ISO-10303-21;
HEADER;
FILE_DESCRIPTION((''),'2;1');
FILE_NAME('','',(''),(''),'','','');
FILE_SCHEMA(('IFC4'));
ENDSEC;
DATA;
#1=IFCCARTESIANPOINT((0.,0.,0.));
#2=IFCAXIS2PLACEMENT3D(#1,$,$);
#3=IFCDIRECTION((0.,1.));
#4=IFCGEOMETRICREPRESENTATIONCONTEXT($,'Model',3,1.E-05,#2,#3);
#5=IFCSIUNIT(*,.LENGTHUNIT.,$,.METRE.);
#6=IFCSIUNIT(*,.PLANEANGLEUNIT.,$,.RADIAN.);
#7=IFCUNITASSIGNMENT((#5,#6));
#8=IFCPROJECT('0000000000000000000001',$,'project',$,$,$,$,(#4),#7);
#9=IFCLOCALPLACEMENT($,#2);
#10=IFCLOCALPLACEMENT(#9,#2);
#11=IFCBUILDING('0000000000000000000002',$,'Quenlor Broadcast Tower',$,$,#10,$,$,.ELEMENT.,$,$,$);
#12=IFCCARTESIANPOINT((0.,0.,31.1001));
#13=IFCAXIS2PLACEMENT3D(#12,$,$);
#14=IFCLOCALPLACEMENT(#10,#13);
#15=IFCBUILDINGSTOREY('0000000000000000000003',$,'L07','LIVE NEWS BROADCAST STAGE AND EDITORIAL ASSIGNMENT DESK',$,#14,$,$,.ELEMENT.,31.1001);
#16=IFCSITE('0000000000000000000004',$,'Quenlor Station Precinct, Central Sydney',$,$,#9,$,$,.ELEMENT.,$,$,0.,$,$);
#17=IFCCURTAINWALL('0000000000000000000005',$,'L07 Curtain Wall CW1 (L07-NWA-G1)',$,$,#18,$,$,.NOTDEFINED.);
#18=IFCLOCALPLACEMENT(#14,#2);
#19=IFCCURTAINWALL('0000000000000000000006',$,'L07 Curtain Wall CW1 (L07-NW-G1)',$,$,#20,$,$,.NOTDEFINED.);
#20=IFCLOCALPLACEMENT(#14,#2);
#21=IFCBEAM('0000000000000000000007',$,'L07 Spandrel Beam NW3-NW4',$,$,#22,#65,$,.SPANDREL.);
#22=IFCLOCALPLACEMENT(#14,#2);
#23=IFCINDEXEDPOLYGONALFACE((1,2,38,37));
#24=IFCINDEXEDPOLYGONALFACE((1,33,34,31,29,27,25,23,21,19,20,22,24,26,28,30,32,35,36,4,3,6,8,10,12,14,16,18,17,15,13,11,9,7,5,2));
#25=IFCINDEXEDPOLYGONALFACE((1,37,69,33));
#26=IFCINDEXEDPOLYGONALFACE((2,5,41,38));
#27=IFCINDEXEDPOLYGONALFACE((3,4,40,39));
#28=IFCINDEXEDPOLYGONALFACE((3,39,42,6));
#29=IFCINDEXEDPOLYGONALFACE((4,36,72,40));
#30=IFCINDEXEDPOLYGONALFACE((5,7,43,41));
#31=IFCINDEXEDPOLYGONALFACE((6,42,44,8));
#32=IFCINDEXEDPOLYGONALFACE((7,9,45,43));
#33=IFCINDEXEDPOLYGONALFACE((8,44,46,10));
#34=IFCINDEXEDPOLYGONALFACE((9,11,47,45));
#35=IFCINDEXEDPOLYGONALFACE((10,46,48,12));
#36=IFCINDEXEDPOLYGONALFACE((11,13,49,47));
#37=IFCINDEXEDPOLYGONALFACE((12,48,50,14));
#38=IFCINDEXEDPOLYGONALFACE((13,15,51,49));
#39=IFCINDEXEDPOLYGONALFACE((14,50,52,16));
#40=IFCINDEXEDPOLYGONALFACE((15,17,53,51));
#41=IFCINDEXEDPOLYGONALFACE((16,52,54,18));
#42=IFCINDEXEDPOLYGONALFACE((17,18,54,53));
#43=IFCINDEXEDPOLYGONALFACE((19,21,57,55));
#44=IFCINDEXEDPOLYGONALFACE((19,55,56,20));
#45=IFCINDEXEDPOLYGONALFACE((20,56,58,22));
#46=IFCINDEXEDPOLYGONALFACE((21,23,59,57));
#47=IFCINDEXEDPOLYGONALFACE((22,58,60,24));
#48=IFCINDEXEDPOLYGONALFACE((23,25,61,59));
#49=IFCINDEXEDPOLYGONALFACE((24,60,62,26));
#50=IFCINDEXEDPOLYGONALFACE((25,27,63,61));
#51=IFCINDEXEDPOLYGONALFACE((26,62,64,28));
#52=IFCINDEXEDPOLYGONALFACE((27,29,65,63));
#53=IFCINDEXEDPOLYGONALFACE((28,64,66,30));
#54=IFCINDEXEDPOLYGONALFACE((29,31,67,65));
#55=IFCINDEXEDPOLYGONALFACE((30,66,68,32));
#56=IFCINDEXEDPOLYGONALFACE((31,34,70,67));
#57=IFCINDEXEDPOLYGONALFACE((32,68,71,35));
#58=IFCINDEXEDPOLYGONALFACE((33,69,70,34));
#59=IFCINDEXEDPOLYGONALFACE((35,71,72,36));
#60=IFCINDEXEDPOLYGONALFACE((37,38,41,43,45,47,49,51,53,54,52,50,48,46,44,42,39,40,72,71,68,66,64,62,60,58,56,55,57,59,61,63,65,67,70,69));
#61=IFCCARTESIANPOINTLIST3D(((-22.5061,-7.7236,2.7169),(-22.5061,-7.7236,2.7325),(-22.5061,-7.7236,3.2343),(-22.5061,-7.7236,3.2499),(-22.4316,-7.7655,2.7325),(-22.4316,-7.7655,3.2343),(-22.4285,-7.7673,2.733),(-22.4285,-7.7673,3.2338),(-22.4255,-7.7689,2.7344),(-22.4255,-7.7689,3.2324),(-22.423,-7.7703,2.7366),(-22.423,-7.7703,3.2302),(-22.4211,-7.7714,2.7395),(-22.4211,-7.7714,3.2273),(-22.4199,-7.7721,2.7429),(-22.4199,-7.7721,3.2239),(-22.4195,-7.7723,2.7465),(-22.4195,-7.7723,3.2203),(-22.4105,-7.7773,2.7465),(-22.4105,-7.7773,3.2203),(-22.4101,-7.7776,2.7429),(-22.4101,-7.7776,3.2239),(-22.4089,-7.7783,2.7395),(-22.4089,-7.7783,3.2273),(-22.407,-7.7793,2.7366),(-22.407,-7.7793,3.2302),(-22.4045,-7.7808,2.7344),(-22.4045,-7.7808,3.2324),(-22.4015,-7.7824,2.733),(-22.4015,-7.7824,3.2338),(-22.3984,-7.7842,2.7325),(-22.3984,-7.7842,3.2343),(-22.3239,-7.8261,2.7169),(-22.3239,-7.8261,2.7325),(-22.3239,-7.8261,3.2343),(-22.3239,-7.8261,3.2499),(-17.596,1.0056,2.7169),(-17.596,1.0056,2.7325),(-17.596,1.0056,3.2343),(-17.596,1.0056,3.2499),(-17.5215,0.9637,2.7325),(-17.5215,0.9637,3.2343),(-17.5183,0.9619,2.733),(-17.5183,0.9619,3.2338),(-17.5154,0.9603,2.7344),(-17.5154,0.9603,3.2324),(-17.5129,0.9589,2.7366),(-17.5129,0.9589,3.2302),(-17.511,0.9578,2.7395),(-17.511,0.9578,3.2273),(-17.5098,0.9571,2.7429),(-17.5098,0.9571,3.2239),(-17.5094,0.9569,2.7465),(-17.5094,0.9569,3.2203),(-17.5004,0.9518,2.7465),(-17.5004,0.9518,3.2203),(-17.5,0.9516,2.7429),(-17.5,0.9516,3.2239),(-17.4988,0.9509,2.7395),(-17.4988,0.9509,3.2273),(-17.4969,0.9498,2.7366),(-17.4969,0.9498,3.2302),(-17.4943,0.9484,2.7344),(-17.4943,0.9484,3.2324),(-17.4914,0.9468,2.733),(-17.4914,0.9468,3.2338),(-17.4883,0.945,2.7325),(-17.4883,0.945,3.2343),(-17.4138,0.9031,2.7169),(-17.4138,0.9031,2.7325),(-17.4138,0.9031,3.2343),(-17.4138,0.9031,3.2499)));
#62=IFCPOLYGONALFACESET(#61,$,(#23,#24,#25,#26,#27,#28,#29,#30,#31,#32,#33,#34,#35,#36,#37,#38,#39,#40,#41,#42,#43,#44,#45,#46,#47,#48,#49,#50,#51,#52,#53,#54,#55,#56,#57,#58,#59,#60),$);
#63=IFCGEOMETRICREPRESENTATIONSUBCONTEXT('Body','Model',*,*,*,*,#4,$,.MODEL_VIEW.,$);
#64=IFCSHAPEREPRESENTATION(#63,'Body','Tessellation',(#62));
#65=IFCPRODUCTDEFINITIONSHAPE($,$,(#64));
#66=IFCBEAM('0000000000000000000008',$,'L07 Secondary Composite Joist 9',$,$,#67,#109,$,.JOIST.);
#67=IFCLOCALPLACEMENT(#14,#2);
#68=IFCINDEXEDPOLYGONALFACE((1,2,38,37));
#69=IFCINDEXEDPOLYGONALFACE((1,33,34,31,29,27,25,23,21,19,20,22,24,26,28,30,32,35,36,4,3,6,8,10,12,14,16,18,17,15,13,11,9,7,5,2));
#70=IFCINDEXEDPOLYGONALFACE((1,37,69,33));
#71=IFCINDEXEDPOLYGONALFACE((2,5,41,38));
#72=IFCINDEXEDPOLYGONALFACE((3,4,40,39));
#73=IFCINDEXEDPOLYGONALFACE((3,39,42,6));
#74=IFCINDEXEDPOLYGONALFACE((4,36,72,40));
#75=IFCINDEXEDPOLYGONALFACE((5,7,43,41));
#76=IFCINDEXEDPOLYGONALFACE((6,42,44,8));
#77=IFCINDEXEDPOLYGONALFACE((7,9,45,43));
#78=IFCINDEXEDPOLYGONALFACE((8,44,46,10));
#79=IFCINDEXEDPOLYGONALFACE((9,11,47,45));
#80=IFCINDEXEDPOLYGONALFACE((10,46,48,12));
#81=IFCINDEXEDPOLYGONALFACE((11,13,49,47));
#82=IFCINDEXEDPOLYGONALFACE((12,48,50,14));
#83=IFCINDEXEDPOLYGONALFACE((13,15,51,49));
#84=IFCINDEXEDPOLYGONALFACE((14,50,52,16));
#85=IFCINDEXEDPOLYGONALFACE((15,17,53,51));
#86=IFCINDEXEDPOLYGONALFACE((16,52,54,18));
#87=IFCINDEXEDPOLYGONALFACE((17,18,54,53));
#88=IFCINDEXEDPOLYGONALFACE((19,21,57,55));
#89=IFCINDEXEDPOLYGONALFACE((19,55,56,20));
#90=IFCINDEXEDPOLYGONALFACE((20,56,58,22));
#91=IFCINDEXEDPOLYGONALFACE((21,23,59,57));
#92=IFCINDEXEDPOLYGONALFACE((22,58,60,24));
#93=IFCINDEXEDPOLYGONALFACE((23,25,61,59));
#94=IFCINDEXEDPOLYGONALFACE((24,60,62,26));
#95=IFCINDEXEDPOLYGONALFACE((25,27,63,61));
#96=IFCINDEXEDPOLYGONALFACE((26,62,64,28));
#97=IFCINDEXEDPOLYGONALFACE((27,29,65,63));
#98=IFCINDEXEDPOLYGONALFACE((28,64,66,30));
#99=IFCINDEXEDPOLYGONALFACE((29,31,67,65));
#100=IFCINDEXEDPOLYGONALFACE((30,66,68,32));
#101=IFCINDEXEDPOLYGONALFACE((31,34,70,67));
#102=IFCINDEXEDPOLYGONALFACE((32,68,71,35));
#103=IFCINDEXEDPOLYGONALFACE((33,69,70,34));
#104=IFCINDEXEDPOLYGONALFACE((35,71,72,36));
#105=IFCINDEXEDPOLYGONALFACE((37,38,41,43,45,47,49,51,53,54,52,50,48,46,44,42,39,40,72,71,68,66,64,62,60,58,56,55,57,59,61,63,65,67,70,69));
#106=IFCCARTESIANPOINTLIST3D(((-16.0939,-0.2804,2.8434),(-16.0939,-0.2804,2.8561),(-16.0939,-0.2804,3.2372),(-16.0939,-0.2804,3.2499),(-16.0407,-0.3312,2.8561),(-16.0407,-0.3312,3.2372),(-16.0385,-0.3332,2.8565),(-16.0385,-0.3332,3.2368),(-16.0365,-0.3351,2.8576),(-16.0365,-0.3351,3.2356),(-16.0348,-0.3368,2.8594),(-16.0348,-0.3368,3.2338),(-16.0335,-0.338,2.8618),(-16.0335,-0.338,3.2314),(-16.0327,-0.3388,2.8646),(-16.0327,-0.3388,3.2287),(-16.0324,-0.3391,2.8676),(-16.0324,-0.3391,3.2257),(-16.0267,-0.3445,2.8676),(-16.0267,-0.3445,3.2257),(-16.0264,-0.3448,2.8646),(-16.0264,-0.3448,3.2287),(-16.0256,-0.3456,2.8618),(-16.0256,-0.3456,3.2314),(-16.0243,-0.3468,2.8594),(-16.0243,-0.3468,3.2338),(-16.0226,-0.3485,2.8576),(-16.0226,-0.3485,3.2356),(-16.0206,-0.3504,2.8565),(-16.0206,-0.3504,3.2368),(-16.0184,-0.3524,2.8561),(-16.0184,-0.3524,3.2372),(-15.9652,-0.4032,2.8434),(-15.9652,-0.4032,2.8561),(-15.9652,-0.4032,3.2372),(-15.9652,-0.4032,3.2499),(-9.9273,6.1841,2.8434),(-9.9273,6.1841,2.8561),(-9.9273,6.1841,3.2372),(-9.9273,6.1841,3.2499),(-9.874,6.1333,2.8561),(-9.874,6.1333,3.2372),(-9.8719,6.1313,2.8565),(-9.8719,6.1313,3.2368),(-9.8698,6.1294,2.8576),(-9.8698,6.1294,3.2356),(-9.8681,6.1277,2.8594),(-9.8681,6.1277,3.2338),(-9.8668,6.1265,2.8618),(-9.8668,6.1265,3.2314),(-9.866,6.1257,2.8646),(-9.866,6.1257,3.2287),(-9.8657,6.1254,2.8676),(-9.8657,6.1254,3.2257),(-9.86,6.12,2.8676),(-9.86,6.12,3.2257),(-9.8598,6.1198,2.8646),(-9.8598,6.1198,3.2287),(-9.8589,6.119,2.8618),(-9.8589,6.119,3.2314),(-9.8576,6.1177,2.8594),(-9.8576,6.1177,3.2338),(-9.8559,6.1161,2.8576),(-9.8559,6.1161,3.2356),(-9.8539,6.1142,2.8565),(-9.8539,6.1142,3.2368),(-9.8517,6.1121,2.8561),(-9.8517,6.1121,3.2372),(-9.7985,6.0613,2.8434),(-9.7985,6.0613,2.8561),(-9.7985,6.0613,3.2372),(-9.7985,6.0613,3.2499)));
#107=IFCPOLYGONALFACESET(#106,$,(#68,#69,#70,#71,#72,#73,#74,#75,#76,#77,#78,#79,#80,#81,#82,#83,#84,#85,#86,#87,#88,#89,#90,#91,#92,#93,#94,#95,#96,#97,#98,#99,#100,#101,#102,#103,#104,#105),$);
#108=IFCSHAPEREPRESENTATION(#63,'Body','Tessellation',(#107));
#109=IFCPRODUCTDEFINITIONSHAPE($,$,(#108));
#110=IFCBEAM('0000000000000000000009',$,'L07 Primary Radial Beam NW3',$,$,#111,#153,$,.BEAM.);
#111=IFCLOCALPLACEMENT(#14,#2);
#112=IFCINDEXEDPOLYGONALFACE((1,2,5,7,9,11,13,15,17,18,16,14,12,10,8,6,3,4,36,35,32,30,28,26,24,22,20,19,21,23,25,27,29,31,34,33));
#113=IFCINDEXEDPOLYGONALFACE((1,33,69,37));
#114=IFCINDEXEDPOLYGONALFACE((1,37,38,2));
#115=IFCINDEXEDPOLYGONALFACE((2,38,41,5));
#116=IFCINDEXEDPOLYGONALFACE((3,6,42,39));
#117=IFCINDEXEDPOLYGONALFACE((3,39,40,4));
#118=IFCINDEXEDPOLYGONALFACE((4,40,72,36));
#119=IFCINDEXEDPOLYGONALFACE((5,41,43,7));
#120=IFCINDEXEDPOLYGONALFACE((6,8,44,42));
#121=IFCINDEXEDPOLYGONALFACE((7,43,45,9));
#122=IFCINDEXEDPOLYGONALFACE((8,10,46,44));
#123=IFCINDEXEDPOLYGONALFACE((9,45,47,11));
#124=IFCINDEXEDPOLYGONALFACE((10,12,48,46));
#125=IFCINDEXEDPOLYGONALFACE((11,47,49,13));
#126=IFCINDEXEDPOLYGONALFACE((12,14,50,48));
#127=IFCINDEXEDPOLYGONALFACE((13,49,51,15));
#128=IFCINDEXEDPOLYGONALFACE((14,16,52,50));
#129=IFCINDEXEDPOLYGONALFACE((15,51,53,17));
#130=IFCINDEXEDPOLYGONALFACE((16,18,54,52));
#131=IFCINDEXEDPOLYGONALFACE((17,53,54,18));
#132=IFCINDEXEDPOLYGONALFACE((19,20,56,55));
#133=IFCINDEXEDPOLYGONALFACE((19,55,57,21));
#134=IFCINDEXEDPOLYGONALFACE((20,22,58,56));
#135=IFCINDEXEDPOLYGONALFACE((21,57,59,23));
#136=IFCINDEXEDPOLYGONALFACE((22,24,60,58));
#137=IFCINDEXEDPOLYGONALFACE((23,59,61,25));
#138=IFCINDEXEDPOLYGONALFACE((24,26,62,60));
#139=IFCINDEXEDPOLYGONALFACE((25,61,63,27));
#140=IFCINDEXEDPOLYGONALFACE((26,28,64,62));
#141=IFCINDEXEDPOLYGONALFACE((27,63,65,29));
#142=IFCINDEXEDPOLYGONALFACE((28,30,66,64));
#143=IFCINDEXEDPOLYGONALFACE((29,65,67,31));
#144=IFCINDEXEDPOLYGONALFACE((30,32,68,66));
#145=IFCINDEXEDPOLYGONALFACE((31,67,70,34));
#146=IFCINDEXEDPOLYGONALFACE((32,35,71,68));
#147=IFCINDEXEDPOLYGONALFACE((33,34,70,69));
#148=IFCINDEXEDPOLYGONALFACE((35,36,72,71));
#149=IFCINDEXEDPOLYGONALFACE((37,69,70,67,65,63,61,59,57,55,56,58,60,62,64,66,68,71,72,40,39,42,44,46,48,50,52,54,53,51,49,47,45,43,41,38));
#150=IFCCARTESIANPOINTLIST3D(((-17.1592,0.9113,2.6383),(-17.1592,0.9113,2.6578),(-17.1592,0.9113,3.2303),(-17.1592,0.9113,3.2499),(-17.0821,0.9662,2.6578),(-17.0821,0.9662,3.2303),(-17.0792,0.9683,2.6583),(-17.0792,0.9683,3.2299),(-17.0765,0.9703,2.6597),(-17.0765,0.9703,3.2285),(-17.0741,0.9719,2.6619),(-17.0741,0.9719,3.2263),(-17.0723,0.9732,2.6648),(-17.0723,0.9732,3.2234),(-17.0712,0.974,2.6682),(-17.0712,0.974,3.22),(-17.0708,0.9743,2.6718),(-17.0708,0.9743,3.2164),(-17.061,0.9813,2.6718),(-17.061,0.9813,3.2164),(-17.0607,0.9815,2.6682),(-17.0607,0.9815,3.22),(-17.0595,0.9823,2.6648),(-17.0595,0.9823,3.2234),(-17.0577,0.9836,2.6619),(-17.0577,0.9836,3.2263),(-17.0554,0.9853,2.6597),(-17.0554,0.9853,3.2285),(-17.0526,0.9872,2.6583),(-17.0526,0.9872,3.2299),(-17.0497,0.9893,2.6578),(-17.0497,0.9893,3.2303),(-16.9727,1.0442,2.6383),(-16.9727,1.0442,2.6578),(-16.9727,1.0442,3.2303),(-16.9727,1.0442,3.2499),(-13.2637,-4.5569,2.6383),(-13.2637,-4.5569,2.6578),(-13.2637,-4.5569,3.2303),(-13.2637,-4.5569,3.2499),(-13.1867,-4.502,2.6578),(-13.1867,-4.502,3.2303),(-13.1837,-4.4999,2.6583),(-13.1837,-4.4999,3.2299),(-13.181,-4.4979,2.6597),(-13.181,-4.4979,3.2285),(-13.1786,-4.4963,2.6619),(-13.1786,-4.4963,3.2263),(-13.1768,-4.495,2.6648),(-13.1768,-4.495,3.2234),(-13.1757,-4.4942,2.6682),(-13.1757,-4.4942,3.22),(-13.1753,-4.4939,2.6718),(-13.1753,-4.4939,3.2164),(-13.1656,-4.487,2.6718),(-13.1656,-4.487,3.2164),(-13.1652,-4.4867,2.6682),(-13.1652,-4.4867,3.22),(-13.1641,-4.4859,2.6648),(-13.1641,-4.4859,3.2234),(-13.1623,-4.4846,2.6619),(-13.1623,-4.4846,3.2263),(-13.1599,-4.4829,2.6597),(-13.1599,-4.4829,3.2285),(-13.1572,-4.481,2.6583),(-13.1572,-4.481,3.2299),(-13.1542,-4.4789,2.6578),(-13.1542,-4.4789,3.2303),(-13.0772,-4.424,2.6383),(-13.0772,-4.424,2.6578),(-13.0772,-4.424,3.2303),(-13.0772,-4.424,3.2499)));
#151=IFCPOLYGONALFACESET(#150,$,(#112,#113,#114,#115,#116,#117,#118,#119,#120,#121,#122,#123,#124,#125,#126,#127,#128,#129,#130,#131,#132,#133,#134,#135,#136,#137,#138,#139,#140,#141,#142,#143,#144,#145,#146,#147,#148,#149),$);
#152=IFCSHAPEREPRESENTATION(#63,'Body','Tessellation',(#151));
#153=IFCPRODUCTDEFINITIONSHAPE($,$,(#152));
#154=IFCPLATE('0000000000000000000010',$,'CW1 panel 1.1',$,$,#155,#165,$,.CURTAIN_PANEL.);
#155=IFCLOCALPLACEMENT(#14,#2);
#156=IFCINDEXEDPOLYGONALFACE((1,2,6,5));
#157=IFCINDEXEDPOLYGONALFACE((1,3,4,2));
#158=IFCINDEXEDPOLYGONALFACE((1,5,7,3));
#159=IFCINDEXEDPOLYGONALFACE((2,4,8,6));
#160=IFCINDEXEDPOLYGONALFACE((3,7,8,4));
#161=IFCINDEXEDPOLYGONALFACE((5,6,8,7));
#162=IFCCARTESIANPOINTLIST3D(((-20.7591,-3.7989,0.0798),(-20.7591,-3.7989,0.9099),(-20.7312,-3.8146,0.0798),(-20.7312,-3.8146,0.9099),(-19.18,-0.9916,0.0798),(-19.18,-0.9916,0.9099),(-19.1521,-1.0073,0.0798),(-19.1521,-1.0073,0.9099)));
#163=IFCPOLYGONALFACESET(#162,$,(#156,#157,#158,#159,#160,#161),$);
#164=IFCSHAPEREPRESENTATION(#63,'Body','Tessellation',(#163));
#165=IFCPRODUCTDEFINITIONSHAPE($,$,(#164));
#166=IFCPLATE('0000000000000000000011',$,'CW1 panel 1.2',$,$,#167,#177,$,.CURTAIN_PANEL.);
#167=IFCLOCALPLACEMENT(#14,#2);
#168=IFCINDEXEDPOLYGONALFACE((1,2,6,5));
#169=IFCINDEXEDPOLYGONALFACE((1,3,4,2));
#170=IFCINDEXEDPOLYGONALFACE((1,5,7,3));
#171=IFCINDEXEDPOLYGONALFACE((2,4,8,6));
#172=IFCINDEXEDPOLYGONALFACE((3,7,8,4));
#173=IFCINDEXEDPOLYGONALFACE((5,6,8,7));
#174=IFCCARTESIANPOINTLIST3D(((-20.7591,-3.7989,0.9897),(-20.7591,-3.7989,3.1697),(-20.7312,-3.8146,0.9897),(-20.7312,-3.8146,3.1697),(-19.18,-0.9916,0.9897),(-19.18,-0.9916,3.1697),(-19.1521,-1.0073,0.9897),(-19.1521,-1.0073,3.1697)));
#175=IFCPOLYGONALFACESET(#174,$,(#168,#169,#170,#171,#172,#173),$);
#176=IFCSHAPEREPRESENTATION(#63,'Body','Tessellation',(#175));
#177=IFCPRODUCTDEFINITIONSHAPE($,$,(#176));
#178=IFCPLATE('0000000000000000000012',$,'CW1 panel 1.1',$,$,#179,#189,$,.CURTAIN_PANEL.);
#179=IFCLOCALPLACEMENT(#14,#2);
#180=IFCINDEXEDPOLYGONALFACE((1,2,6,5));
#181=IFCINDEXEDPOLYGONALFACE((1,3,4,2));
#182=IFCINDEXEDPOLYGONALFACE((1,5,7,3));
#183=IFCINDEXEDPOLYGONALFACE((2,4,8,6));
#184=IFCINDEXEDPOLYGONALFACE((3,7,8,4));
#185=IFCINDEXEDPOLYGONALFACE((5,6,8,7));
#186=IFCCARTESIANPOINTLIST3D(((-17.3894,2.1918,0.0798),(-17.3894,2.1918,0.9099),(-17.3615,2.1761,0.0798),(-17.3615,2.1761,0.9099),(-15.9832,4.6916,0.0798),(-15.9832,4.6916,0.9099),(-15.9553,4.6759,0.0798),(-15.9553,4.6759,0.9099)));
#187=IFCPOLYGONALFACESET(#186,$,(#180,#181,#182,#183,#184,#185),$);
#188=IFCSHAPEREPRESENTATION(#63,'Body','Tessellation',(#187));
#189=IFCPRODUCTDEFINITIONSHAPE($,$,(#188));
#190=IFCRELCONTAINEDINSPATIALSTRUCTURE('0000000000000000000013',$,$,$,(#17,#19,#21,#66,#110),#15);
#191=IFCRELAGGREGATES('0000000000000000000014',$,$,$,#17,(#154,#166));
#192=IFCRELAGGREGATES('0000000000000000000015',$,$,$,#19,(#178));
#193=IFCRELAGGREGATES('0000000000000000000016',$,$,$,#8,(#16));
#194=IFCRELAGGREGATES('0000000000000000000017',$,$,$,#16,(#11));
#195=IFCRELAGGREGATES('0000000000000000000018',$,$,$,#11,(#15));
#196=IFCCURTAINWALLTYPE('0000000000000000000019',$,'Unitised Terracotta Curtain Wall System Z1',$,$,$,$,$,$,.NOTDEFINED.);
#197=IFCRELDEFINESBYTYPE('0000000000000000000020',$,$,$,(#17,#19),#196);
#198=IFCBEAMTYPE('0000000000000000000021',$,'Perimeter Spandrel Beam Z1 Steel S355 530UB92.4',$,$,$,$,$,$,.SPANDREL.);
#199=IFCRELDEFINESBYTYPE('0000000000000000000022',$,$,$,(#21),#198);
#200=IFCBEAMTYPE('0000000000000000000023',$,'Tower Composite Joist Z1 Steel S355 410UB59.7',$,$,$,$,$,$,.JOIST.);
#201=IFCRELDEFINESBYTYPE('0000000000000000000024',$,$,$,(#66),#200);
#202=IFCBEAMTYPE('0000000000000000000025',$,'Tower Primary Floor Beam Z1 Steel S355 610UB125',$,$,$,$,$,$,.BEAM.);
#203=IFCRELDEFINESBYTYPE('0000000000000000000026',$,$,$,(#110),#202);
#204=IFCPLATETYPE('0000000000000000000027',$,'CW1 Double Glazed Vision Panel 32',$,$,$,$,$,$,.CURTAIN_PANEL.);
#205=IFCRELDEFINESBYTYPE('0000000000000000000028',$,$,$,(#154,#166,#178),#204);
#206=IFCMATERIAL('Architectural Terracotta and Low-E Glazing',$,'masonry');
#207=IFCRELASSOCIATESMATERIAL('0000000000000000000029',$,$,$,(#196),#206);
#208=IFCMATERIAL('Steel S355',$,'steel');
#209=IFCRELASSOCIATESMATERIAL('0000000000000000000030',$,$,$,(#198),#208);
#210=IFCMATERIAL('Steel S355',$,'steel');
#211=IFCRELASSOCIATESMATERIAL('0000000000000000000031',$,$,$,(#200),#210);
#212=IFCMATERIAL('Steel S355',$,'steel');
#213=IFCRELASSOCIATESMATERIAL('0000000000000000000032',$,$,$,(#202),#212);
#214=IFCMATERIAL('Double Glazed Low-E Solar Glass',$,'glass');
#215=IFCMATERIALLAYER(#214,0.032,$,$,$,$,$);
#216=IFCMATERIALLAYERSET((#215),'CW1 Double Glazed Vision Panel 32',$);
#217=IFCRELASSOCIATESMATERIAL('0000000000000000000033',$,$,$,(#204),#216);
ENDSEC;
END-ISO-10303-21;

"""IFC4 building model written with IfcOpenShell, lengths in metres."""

from ifc_helpers import new_model, si_unit, direction, frame, origin, origin_2d, place, context, subcontext, project, spatial, rectangle, i_section, extrude, material, layer, layer_set, material_profile, profile_set, type_object, element, aggregate, save


model = new_model("IFC4")

# Units and contexts
model_context = context("Model", 3, precision=1e-05, world=origin(), true_north=direction((0.0, 1.0)))
body_context = subcontext(model_context, "Body", "Model", "MODEL_VIEW")
ifc_project = project(units=[si_unit("LENGTHUNIT", "METRE"), si_unit("PLANEANGLEUNIT", "RADIAN")], contexts=[model_context])

# Site, building, storey
site_placement = place(None, origin())
site = spatial("IfcSite", under=ifc_project, at=site_placement, Name="Quenlor Station Precinct, Central Sydney", CompositionType="ELEMENT", RefElevation=0.0)
building_placement = place(site_placement, origin())
building = spatial("IfcBuilding", under=site, at=building_placement, Name="Quenlor Broadcast Tower", CompositionType="ELEMENT")
storey_placement = place(building_placement, frame((0.0, 0.0, 31.1001)))
storey = spatial("IfcBuildingStorey", under=building, at=storey_placement, Name="L07", Description="LIVE NEWS BROADCAST STAGE AND EDITORIAL ASSIGNMENT DESK", CompositionType="ELEMENT", Elevation=31.1001)

# Curtain wall
ifc_material_1 = material(Name="Architectural Terracotta and Low-E Glazing", Category="masonry")
curtain_wall_type = type_object("IfcCurtainWallType", Name="Unitised Terracotta Curtain Wall System Z1", PredefinedType="NOTDEFINED", material=ifc_material_1)
curtain_wall_1_placement = place(storey_placement, origin())
curtain_wall_1 = element("IfcCurtainWall", 1, at=curtain_wall_1_placement, inside=storey, type_object=curtain_wall_type, Name="L07 Curtain Wall CW1 (L07-NWA-G1)", PredefinedType="NOTDEFINED")

# Curtain wall
curtain_wall_2_placement = place(storey_placement, origin())
curtain_wall_2 = element("IfcCurtainWall", 2, at=curtain_wall_2_placement, inside=storey, type_object=curtain_wall_type, Name="L07 Curtain Wall CW1 (L07-NW-G1)", PredefinedType="NOTDEFINED")

# Beams
ifc_material_2 = material(Name="Steel S355", Category="steel")
ifc_material_profile_1 = material_profile(ifc_material_2, i_section(OverallWidth=0.209, OverallDepth=0.533, WebThickness=0.0103, FlangeThickness=0.0156, FilletRadius=0.0139, at=origin_2d()))
ifc_profile_set_1 = profile_set([ifc_material_profile_1], Name="Steel S355 530UB92.4")
beam_type_1 = type_object("IfcBeamType", Name="Perimeter Spandrel Beam Z1 Steel S355 530UB92.4", PredefinedType="SPANDREL", material=ifc_profile_set_1)
beam_1_placement = place(storey_placement, frame((-17.5049, 0.9543, 2.9834), z_axis=(-0.490258, -0.871577, 0.0), x_axis=(0.871577, -0.490258, 0.0)))
element("IfcBeam", 3, at=beam_1_placement, inside=storey, type_object=beam_type_1, Name="L07 Spandrel Beam NW3-NW4", PredefinedType="SPANDREL", context=body_context, shape_type="SweptSolid", body=[
    extrude(i_section(OverallWidth=0.209, OverallDepth=0.533, WebThickness=0.0103, FlangeThickness=0.0156, FilletRadius=0.0139, at=origin_2d()), origin(), (0.0, 0.0, 1.0), 10.0154),
])
ifc_material_3 = material(Name="Steel S355", Category="steel")
ifc_material_profile_2 = material_profile(ifc_material_3, i_section(OverallWidth=0.178, OverallDepth=0.4065, WebThickness=0.0078, FlangeThickness=0.0127, FilletRadius=0.0115, at=origin_2d()))
ifc_profile_set_2 = profile_set([ifc_material_profile_2], Name="Steel S355 410UB59.7")
beam_type_2 = type_object("IfcBeamType", Name="Tower Composite Joist Z1 Steel S355 410UB59.7", PredefinedType="JOIST", material=ifc_profile_set_2)
beam_2_placement = place(storey_placement, frame((-16.0295, -0.3418, 3.0466), z_axis=(0.690241, 0.723579, 0.0), x_axis=(-0.723579, 0.690241, 0.0)))
element("IfcBeam", 4, at=beam_2_placement, inside=storey, type_object=beam_type_2, Name="L07 Secondary Composite Joist 9", PredefinedType="JOIST", context=body_context, shape_type="SweptSolid", body=[
    extrude(i_section(OverallWidth=0.178, OverallDepth=0.4065, WebThickness=0.0078, FlangeThickness=0.0127, FilletRadius=0.0115, at=origin_2d()), origin(), (0.0, 0.0, 1.0), 8.9341),
])
ifc_material_4 = material(Name="Steel S355", Category="steel")
ifc_material_profile_3 = material_profile(ifc_material_4, i_section(OverallWidth=0.229, OverallDepth=0.6116, WebThickness=0.012, FlangeThickness=0.0195, FilletRadius=0.0139, at=origin_2d()))
ifc_profile_set_3 = profile_set([ifc_material_profile_3], Name="Steel S355 610UB125")
beam_type_3 = type_object("IfcBeamType", Name="Tower Primary Floor Beam Z1 Steel S355 610UB125", PredefinedType="BEAM", material=ifc_profile_set_3)
beam_3_placement = place(storey_placement, frame((-17.0659, 0.9778, 2.9441), z_axis=(0.580213, -0.814465, 0.0), x_axis=(0.814465, 0.580213, 0.0)))
element("IfcBeam", 5, at=beam_3_placement, inside=storey, type_object=beam_type_3, Name="L07 Primary Radial Beam NW3", PredefinedType="BEAM", context=body_context, shape_type="SweptSolid", body=[
    extrude(i_section(OverallWidth=0.229, OverallDepth=0.6116, WebThickness=0.012, FlangeThickness=0.0195, FilletRadius=0.0139, at=origin_2d()), origin(), (0.0, 0.0, 1.0), 6.7139),
])

# Plates
ifc_material_5 = material(Name="Double Glazed Low-E Solar Glass", Category="glass")
ifc_layer_1 = layer(ifc_material_5, 0.032)
ifc_layer_set_1 = layer_set([ifc_layer_1], Name="CW1 Double Glazed Vision Panel 32")
plate_type_1 = type_object("IfcPlateType", Name="CW1 Double Glazed Vision Panel 32", PredefinedType="CURTAIN_PANEL", material=ifc_layer_set_1)
plate_1_placement = place(storey_placement, frame((-19.9556, -2.4031, 0.0798), z_axis=(0.0, 0.0, 1.0), x_axis=(0.490257, 0.871578, 0.0)))
plate_1 = element("IfcPlate", 6, at=plate_1_placement, type_object=plate_type_1, Name="CW1 panel 1.1", PredefinedType="CURTAIN_PANEL", context=body_context, shape_type="SweptSolid", body=[
    extrude(rectangle(XDim=3.2209, YDim=0.032, at=origin_2d()), origin(), (0.0, 0.0, 1.0), 0.8301),
])
plate_2_placement = place(storey_placement, frame((-19.9556, -2.4031, 0.9897), z_axis=(0.0, 0.0, 1.0), x_axis=(0.490257, 0.871578, 0.0)))
plate_2 = element("IfcPlate", 7, at=plate_2_placement, type_object=plate_type_1, Name="CW1 panel 1.2", PredefinedType="CURTAIN_PANEL", context=body_context, shape_type="SweptSolid", body=[
    extrude(rectangle(XDim=3.2209, YDim=0.032, at=origin_2d()), origin(), (0.0, 0.0, 1.0), 2.1799),
])
aggregate(curtain_wall_1, [plate_1, plate_2])
plate_3_placement = place(storey_placement, frame((-16.6724, 3.4338, 0.0798), z_axis=(0.0, 0.0, 1.0), x_axis=(0.490274, 0.871568, 0.0)))
plate_3 = element("IfcPlate", 8, at=plate_3_placement, type_object=plate_type_1, Name="CW1 panel 1.1", PredefinedType="CURTAIN_PANEL", context=body_context, shape_type="SweptSolid", body=[
    extrude(rectangle(XDim=2.8682, YDim=0.032, at=origin_2d()), origin(), (0.0, 0.0, 1.0), 0.8301),
])
aggregate(curtain_wall_2, [plate_3])

save(model, "model.ifc")
